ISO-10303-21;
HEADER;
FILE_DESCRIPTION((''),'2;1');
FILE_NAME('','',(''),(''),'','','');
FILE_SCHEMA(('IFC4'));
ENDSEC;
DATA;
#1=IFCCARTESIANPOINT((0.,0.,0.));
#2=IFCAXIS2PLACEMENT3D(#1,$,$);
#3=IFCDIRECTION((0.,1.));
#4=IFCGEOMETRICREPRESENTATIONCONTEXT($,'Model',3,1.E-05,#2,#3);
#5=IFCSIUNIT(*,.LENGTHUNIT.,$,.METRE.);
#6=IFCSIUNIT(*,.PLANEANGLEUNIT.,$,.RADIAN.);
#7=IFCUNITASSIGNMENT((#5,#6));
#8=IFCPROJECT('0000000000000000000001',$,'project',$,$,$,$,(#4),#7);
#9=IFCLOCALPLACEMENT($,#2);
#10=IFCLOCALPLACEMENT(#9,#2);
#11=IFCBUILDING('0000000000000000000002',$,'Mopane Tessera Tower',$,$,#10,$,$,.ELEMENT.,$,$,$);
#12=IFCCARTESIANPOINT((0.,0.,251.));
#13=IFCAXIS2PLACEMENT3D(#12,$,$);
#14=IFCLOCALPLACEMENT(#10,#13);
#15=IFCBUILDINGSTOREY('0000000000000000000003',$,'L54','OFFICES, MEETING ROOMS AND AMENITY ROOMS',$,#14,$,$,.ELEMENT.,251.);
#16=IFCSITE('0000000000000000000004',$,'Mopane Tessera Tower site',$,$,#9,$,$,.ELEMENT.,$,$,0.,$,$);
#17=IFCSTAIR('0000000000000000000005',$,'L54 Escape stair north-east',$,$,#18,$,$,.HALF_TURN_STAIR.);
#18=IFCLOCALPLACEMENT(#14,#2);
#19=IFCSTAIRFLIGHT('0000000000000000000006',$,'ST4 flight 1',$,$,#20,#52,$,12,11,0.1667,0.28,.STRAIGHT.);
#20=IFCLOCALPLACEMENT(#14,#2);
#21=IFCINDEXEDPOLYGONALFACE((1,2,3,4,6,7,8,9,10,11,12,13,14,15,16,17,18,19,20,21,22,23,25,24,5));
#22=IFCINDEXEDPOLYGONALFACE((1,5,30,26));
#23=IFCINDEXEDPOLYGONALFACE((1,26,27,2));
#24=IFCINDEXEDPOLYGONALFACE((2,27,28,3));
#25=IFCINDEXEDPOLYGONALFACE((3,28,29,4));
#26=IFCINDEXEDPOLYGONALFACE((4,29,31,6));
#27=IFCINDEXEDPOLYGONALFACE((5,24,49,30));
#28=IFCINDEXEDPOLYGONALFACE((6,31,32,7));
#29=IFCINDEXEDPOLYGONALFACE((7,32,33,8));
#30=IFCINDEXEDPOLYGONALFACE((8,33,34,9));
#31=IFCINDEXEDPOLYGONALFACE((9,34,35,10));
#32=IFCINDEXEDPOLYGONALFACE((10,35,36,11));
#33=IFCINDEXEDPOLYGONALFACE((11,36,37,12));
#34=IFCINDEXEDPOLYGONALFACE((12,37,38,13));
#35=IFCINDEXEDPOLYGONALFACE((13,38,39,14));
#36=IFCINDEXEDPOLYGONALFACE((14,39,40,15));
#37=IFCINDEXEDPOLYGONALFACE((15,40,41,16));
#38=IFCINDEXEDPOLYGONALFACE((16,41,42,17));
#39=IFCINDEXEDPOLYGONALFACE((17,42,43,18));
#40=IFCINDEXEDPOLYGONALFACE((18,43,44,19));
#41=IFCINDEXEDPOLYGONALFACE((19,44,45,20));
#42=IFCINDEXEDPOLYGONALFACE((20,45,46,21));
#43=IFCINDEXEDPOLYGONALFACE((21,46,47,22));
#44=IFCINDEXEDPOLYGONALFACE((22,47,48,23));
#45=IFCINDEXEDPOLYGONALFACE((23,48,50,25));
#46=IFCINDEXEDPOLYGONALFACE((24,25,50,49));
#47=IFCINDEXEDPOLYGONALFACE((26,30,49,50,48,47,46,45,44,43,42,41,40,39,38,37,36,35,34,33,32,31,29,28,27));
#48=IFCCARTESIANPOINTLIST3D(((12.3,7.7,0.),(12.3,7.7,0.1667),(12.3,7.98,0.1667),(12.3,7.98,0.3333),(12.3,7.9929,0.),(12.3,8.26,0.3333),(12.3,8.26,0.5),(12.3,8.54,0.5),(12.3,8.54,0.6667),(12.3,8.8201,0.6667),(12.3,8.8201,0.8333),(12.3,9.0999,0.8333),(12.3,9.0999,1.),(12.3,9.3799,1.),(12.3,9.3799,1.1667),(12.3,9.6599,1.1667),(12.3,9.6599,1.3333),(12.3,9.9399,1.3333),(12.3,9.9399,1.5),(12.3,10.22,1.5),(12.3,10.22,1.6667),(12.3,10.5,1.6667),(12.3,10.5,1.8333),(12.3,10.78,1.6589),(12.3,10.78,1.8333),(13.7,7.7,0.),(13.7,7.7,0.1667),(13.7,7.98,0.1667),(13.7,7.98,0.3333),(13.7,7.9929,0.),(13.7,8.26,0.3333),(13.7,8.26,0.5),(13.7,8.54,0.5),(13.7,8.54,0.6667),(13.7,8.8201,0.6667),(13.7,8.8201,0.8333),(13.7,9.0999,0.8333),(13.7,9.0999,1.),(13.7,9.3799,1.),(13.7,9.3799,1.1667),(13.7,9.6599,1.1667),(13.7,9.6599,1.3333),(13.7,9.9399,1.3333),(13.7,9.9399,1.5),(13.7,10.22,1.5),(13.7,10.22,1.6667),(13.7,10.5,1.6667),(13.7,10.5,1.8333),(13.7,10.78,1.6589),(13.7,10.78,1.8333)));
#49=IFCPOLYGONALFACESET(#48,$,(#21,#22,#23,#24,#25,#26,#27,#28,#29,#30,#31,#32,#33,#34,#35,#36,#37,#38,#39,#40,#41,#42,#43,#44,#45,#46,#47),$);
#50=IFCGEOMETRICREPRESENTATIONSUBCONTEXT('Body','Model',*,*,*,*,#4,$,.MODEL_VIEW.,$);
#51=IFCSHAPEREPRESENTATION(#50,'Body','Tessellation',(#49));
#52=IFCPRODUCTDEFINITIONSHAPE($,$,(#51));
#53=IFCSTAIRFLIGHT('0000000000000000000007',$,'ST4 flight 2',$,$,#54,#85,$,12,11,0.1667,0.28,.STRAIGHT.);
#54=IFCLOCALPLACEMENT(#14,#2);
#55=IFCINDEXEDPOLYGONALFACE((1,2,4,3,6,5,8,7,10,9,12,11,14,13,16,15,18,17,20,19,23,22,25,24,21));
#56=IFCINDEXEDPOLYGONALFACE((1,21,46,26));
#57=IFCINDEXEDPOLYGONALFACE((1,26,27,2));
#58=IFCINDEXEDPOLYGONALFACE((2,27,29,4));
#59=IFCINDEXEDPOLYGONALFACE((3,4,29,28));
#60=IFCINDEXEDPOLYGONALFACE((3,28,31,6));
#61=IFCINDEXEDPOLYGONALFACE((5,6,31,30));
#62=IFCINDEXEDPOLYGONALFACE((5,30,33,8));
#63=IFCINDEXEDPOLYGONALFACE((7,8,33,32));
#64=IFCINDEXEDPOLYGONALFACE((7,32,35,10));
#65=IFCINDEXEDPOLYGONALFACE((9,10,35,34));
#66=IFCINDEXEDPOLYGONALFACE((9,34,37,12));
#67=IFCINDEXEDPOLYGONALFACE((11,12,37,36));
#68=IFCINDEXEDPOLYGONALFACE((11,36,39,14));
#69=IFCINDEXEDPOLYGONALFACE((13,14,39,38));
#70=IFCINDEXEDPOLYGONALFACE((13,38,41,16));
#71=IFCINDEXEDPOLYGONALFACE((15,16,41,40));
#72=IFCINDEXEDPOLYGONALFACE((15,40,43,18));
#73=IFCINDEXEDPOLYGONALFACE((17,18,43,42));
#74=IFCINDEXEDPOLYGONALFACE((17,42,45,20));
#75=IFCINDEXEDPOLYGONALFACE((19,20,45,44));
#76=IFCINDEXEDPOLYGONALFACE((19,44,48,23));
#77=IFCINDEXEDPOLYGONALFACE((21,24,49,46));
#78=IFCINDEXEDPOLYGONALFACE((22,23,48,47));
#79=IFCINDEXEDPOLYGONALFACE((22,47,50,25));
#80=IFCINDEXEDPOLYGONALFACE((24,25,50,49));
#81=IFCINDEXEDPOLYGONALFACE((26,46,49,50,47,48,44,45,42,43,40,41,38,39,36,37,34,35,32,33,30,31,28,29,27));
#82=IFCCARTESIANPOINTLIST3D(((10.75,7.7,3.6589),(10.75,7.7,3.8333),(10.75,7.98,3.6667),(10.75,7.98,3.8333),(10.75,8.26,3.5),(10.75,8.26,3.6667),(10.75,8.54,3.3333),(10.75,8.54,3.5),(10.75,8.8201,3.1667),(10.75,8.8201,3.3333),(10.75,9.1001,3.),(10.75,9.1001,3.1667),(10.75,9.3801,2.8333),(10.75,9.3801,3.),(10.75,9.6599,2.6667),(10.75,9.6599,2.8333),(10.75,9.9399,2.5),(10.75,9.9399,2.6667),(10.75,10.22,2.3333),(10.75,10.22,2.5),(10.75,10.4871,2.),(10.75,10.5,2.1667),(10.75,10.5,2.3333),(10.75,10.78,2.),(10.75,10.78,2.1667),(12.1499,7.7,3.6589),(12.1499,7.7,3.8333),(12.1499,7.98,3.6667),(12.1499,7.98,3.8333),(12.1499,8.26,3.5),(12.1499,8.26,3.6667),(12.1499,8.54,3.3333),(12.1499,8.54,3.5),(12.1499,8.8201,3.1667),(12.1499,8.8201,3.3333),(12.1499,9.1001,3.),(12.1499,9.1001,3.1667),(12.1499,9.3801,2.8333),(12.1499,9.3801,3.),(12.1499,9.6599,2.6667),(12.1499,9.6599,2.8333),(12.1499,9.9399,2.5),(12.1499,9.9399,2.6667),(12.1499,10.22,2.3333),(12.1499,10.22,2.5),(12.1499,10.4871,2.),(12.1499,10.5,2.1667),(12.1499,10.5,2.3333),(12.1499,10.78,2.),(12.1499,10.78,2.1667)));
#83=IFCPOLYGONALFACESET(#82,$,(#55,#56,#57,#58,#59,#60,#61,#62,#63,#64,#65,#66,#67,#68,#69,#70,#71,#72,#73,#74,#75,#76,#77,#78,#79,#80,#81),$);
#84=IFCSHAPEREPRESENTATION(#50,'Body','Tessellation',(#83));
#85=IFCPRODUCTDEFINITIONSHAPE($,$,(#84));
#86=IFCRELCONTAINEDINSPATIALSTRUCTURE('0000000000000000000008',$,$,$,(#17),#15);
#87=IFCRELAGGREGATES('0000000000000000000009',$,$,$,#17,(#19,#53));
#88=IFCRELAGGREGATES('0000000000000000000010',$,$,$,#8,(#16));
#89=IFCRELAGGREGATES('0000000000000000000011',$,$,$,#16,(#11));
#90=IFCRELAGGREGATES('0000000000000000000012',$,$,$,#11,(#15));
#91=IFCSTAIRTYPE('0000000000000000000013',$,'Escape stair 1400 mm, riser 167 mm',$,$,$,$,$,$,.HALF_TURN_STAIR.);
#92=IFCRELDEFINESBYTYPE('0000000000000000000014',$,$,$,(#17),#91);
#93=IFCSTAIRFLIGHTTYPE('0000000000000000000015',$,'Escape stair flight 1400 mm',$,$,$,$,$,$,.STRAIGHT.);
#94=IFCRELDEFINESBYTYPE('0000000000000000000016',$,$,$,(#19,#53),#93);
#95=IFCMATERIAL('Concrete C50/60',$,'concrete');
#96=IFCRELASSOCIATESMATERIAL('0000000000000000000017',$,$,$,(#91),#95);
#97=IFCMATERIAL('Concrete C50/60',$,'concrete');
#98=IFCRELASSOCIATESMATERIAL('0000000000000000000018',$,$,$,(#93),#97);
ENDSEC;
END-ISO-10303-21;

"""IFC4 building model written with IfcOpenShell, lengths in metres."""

from ifc_helpers import new_model, si_unit, direction, frame, origin, place, context, subcontext, project, spatial, polyline, outline, extrude, material, type_object, element, aggregate, save


model = new_model("IFC4")

# Units and contexts
model_context = context("Model", 3, precision=1e-05, world=origin(), true_north=direction((0.0, 1.0)))
body_context = subcontext(model_context, "Body", "Model", "MODEL_VIEW")
ifc_project = project(units=[si_unit("LENGTHUNIT", "METRE"), si_unit("PLANEANGLEUNIT", "RADIAN")], contexts=[model_context])

# Site, building, storey
site_placement = place(None, origin())
site = spatial("IfcSite", under=ifc_project, at=site_placement, Name="Mopane Tessera Tower site", CompositionType="ELEMENT", RefElevation=0.0)
building_placement = place(site_placement, origin())
building = spatial("IfcBuilding", under=site, at=building_placement, Name="Mopane Tessera Tower", CompositionType="ELEMENT")
storey_placement = place(building_placement, frame((0.0, 0.0, 251.0)))
storey = spatial("IfcBuildingStorey", under=building, at=storey_placement, Name="L54", Description="OFFICES, MEETING ROOMS AND AMENITY ROOMS", CompositionType="ELEMENT", Elevation=251.0)

# Stair
ifc_material_1 = material(Name="Concrete C50/60", Category="concrete")
stair_type = type_object("IfcStairType", Name="Escape stair 1400 mm, riser 167 mm", PredefinedType="HALF_TURN_STAIR", material=ifc_material_1)
stair_1_placement = place(storey_placement, origin())
stair_1 = element("IfcStair", 1, at=stair_1_placement, inside=storey, type_object=stair_type, Name="L54 Escape stair north-east", PredefinedType="HALF_TURN_STAIR")

# Stair flights
ifc_material_2 = material(Name="Concrete C50/60", Category="concrete")
stair_flight_type = type_object("IfcStairFlightType", Name="Escape stair flight 1400 mm", PredefinedType="STRAIGHT", material=ifc_material_2)
stair_flight_1_placement = place(storey_placement, frame((13.0, 7.7, 0.0), z_axis=(0.0, 0.0, 1.0), x_axis=(0.0, 1.0, 0.0)))
stair_flight_1 = element("IfcStairFlight", 2, at=stair_flight_1_placement, type_object=stair_flight_type, Name="ST4 flight 1", NumberOfRisers=12, NumberOfTreads=11, PredefinedType="STRAIGHT", RiserHeight=0.1667, TreadLength=0.28, context=body_context, shape_type="SweptSolid", body=[
    extrude(outline(polyline([(0.0, 0.0), (0.0, 0.1667), (0.28, 0.1667), (0.28, 0.3333), (0.5601, 0.3333), (0.5601, 0.5), (0.8401, 0.5), (0.8401, 0.6667), (1.1201, 0.6667), (1.1201, 0.8333), (1.3999, 0.8333), (1.3999, 1.0), (1.6799, 1.0), (1.6799, 1.1667), (1.96, 1.1667), (1.96, 1.3333), (2.24, 1.3333), (2.24, 1.5), (2.52, 1.5), (2.52, 1.6667), (2.8, 1.6667), (2.8, 1.8333), (3.0801, 1.8333), (3.0801, 2.0), (3.0801, 1.6589), (0.293, 0.0), (0.0, 0.0)])), frame((0.0, 0.7, 0.0), z_axis=(0.0, -1.0, 0.0), x_axis=(1.0, 0.0, 0.0)), (0.0, 0.0, 1.0), 1.3999),
])
stair_flight_2_placement = place(storey_placement, frame((11.45, 10.78, 2.0), z_axis=(0.0, 0.0, 1.0), x_axis=(0.0, -1.0, 0.0)))
stair_flight_2 = element("IfcStairFlight", 3, at=stair_flight_2_placement, type_object=stair_flight_type, Name="ST4 flight 2", NumberOfRisers=12, NumberOfTreads=11, PredefinedType="STRAIGHT", RiserHeight=0.1667, TreadLength=0.28, context=body_context, shape_type="SweptSolid", body=[
    extrude(outline(polyline([(0.0, 0.0), (0.0, 0.1667), (0.28, 0.1667), (0.28, 0.3333), (0.5601, 0.3333), (0.5601, 0.5), (0.8401, 0.5), (0.8401, 0.6667), (1.1201, 0.6667), (1.1201, 0.8333), (1.3999, 0.8333), (1.3999, 1.0), (1.6799, 1.0), (1.6799, 1.1667), (1.96, 1.1667), (1.96, 1.3333), (2.24, 1.3333), (2.24, 1.5), (2.52, 1.5), (2.52, 1.6667), (2.8, 1.6667), (2.8, 1.8333), (3.0801, 1.8333), (3.0801, 2.0), (3.0801, 1.6589), (0.293, 0.0), (0.0, 0.0)])), frame((0.0, 0.7, 0.0), z_axis=(0.0, -1.0, 0.0), x_axis=(1.0, 0.0, 0.0)), (0.0, 0.0, 1.0), 1.3999),
])
aggregate(stair_1, [stair_flight_1, stair_flight_2])

save(model, "model.ifc")
